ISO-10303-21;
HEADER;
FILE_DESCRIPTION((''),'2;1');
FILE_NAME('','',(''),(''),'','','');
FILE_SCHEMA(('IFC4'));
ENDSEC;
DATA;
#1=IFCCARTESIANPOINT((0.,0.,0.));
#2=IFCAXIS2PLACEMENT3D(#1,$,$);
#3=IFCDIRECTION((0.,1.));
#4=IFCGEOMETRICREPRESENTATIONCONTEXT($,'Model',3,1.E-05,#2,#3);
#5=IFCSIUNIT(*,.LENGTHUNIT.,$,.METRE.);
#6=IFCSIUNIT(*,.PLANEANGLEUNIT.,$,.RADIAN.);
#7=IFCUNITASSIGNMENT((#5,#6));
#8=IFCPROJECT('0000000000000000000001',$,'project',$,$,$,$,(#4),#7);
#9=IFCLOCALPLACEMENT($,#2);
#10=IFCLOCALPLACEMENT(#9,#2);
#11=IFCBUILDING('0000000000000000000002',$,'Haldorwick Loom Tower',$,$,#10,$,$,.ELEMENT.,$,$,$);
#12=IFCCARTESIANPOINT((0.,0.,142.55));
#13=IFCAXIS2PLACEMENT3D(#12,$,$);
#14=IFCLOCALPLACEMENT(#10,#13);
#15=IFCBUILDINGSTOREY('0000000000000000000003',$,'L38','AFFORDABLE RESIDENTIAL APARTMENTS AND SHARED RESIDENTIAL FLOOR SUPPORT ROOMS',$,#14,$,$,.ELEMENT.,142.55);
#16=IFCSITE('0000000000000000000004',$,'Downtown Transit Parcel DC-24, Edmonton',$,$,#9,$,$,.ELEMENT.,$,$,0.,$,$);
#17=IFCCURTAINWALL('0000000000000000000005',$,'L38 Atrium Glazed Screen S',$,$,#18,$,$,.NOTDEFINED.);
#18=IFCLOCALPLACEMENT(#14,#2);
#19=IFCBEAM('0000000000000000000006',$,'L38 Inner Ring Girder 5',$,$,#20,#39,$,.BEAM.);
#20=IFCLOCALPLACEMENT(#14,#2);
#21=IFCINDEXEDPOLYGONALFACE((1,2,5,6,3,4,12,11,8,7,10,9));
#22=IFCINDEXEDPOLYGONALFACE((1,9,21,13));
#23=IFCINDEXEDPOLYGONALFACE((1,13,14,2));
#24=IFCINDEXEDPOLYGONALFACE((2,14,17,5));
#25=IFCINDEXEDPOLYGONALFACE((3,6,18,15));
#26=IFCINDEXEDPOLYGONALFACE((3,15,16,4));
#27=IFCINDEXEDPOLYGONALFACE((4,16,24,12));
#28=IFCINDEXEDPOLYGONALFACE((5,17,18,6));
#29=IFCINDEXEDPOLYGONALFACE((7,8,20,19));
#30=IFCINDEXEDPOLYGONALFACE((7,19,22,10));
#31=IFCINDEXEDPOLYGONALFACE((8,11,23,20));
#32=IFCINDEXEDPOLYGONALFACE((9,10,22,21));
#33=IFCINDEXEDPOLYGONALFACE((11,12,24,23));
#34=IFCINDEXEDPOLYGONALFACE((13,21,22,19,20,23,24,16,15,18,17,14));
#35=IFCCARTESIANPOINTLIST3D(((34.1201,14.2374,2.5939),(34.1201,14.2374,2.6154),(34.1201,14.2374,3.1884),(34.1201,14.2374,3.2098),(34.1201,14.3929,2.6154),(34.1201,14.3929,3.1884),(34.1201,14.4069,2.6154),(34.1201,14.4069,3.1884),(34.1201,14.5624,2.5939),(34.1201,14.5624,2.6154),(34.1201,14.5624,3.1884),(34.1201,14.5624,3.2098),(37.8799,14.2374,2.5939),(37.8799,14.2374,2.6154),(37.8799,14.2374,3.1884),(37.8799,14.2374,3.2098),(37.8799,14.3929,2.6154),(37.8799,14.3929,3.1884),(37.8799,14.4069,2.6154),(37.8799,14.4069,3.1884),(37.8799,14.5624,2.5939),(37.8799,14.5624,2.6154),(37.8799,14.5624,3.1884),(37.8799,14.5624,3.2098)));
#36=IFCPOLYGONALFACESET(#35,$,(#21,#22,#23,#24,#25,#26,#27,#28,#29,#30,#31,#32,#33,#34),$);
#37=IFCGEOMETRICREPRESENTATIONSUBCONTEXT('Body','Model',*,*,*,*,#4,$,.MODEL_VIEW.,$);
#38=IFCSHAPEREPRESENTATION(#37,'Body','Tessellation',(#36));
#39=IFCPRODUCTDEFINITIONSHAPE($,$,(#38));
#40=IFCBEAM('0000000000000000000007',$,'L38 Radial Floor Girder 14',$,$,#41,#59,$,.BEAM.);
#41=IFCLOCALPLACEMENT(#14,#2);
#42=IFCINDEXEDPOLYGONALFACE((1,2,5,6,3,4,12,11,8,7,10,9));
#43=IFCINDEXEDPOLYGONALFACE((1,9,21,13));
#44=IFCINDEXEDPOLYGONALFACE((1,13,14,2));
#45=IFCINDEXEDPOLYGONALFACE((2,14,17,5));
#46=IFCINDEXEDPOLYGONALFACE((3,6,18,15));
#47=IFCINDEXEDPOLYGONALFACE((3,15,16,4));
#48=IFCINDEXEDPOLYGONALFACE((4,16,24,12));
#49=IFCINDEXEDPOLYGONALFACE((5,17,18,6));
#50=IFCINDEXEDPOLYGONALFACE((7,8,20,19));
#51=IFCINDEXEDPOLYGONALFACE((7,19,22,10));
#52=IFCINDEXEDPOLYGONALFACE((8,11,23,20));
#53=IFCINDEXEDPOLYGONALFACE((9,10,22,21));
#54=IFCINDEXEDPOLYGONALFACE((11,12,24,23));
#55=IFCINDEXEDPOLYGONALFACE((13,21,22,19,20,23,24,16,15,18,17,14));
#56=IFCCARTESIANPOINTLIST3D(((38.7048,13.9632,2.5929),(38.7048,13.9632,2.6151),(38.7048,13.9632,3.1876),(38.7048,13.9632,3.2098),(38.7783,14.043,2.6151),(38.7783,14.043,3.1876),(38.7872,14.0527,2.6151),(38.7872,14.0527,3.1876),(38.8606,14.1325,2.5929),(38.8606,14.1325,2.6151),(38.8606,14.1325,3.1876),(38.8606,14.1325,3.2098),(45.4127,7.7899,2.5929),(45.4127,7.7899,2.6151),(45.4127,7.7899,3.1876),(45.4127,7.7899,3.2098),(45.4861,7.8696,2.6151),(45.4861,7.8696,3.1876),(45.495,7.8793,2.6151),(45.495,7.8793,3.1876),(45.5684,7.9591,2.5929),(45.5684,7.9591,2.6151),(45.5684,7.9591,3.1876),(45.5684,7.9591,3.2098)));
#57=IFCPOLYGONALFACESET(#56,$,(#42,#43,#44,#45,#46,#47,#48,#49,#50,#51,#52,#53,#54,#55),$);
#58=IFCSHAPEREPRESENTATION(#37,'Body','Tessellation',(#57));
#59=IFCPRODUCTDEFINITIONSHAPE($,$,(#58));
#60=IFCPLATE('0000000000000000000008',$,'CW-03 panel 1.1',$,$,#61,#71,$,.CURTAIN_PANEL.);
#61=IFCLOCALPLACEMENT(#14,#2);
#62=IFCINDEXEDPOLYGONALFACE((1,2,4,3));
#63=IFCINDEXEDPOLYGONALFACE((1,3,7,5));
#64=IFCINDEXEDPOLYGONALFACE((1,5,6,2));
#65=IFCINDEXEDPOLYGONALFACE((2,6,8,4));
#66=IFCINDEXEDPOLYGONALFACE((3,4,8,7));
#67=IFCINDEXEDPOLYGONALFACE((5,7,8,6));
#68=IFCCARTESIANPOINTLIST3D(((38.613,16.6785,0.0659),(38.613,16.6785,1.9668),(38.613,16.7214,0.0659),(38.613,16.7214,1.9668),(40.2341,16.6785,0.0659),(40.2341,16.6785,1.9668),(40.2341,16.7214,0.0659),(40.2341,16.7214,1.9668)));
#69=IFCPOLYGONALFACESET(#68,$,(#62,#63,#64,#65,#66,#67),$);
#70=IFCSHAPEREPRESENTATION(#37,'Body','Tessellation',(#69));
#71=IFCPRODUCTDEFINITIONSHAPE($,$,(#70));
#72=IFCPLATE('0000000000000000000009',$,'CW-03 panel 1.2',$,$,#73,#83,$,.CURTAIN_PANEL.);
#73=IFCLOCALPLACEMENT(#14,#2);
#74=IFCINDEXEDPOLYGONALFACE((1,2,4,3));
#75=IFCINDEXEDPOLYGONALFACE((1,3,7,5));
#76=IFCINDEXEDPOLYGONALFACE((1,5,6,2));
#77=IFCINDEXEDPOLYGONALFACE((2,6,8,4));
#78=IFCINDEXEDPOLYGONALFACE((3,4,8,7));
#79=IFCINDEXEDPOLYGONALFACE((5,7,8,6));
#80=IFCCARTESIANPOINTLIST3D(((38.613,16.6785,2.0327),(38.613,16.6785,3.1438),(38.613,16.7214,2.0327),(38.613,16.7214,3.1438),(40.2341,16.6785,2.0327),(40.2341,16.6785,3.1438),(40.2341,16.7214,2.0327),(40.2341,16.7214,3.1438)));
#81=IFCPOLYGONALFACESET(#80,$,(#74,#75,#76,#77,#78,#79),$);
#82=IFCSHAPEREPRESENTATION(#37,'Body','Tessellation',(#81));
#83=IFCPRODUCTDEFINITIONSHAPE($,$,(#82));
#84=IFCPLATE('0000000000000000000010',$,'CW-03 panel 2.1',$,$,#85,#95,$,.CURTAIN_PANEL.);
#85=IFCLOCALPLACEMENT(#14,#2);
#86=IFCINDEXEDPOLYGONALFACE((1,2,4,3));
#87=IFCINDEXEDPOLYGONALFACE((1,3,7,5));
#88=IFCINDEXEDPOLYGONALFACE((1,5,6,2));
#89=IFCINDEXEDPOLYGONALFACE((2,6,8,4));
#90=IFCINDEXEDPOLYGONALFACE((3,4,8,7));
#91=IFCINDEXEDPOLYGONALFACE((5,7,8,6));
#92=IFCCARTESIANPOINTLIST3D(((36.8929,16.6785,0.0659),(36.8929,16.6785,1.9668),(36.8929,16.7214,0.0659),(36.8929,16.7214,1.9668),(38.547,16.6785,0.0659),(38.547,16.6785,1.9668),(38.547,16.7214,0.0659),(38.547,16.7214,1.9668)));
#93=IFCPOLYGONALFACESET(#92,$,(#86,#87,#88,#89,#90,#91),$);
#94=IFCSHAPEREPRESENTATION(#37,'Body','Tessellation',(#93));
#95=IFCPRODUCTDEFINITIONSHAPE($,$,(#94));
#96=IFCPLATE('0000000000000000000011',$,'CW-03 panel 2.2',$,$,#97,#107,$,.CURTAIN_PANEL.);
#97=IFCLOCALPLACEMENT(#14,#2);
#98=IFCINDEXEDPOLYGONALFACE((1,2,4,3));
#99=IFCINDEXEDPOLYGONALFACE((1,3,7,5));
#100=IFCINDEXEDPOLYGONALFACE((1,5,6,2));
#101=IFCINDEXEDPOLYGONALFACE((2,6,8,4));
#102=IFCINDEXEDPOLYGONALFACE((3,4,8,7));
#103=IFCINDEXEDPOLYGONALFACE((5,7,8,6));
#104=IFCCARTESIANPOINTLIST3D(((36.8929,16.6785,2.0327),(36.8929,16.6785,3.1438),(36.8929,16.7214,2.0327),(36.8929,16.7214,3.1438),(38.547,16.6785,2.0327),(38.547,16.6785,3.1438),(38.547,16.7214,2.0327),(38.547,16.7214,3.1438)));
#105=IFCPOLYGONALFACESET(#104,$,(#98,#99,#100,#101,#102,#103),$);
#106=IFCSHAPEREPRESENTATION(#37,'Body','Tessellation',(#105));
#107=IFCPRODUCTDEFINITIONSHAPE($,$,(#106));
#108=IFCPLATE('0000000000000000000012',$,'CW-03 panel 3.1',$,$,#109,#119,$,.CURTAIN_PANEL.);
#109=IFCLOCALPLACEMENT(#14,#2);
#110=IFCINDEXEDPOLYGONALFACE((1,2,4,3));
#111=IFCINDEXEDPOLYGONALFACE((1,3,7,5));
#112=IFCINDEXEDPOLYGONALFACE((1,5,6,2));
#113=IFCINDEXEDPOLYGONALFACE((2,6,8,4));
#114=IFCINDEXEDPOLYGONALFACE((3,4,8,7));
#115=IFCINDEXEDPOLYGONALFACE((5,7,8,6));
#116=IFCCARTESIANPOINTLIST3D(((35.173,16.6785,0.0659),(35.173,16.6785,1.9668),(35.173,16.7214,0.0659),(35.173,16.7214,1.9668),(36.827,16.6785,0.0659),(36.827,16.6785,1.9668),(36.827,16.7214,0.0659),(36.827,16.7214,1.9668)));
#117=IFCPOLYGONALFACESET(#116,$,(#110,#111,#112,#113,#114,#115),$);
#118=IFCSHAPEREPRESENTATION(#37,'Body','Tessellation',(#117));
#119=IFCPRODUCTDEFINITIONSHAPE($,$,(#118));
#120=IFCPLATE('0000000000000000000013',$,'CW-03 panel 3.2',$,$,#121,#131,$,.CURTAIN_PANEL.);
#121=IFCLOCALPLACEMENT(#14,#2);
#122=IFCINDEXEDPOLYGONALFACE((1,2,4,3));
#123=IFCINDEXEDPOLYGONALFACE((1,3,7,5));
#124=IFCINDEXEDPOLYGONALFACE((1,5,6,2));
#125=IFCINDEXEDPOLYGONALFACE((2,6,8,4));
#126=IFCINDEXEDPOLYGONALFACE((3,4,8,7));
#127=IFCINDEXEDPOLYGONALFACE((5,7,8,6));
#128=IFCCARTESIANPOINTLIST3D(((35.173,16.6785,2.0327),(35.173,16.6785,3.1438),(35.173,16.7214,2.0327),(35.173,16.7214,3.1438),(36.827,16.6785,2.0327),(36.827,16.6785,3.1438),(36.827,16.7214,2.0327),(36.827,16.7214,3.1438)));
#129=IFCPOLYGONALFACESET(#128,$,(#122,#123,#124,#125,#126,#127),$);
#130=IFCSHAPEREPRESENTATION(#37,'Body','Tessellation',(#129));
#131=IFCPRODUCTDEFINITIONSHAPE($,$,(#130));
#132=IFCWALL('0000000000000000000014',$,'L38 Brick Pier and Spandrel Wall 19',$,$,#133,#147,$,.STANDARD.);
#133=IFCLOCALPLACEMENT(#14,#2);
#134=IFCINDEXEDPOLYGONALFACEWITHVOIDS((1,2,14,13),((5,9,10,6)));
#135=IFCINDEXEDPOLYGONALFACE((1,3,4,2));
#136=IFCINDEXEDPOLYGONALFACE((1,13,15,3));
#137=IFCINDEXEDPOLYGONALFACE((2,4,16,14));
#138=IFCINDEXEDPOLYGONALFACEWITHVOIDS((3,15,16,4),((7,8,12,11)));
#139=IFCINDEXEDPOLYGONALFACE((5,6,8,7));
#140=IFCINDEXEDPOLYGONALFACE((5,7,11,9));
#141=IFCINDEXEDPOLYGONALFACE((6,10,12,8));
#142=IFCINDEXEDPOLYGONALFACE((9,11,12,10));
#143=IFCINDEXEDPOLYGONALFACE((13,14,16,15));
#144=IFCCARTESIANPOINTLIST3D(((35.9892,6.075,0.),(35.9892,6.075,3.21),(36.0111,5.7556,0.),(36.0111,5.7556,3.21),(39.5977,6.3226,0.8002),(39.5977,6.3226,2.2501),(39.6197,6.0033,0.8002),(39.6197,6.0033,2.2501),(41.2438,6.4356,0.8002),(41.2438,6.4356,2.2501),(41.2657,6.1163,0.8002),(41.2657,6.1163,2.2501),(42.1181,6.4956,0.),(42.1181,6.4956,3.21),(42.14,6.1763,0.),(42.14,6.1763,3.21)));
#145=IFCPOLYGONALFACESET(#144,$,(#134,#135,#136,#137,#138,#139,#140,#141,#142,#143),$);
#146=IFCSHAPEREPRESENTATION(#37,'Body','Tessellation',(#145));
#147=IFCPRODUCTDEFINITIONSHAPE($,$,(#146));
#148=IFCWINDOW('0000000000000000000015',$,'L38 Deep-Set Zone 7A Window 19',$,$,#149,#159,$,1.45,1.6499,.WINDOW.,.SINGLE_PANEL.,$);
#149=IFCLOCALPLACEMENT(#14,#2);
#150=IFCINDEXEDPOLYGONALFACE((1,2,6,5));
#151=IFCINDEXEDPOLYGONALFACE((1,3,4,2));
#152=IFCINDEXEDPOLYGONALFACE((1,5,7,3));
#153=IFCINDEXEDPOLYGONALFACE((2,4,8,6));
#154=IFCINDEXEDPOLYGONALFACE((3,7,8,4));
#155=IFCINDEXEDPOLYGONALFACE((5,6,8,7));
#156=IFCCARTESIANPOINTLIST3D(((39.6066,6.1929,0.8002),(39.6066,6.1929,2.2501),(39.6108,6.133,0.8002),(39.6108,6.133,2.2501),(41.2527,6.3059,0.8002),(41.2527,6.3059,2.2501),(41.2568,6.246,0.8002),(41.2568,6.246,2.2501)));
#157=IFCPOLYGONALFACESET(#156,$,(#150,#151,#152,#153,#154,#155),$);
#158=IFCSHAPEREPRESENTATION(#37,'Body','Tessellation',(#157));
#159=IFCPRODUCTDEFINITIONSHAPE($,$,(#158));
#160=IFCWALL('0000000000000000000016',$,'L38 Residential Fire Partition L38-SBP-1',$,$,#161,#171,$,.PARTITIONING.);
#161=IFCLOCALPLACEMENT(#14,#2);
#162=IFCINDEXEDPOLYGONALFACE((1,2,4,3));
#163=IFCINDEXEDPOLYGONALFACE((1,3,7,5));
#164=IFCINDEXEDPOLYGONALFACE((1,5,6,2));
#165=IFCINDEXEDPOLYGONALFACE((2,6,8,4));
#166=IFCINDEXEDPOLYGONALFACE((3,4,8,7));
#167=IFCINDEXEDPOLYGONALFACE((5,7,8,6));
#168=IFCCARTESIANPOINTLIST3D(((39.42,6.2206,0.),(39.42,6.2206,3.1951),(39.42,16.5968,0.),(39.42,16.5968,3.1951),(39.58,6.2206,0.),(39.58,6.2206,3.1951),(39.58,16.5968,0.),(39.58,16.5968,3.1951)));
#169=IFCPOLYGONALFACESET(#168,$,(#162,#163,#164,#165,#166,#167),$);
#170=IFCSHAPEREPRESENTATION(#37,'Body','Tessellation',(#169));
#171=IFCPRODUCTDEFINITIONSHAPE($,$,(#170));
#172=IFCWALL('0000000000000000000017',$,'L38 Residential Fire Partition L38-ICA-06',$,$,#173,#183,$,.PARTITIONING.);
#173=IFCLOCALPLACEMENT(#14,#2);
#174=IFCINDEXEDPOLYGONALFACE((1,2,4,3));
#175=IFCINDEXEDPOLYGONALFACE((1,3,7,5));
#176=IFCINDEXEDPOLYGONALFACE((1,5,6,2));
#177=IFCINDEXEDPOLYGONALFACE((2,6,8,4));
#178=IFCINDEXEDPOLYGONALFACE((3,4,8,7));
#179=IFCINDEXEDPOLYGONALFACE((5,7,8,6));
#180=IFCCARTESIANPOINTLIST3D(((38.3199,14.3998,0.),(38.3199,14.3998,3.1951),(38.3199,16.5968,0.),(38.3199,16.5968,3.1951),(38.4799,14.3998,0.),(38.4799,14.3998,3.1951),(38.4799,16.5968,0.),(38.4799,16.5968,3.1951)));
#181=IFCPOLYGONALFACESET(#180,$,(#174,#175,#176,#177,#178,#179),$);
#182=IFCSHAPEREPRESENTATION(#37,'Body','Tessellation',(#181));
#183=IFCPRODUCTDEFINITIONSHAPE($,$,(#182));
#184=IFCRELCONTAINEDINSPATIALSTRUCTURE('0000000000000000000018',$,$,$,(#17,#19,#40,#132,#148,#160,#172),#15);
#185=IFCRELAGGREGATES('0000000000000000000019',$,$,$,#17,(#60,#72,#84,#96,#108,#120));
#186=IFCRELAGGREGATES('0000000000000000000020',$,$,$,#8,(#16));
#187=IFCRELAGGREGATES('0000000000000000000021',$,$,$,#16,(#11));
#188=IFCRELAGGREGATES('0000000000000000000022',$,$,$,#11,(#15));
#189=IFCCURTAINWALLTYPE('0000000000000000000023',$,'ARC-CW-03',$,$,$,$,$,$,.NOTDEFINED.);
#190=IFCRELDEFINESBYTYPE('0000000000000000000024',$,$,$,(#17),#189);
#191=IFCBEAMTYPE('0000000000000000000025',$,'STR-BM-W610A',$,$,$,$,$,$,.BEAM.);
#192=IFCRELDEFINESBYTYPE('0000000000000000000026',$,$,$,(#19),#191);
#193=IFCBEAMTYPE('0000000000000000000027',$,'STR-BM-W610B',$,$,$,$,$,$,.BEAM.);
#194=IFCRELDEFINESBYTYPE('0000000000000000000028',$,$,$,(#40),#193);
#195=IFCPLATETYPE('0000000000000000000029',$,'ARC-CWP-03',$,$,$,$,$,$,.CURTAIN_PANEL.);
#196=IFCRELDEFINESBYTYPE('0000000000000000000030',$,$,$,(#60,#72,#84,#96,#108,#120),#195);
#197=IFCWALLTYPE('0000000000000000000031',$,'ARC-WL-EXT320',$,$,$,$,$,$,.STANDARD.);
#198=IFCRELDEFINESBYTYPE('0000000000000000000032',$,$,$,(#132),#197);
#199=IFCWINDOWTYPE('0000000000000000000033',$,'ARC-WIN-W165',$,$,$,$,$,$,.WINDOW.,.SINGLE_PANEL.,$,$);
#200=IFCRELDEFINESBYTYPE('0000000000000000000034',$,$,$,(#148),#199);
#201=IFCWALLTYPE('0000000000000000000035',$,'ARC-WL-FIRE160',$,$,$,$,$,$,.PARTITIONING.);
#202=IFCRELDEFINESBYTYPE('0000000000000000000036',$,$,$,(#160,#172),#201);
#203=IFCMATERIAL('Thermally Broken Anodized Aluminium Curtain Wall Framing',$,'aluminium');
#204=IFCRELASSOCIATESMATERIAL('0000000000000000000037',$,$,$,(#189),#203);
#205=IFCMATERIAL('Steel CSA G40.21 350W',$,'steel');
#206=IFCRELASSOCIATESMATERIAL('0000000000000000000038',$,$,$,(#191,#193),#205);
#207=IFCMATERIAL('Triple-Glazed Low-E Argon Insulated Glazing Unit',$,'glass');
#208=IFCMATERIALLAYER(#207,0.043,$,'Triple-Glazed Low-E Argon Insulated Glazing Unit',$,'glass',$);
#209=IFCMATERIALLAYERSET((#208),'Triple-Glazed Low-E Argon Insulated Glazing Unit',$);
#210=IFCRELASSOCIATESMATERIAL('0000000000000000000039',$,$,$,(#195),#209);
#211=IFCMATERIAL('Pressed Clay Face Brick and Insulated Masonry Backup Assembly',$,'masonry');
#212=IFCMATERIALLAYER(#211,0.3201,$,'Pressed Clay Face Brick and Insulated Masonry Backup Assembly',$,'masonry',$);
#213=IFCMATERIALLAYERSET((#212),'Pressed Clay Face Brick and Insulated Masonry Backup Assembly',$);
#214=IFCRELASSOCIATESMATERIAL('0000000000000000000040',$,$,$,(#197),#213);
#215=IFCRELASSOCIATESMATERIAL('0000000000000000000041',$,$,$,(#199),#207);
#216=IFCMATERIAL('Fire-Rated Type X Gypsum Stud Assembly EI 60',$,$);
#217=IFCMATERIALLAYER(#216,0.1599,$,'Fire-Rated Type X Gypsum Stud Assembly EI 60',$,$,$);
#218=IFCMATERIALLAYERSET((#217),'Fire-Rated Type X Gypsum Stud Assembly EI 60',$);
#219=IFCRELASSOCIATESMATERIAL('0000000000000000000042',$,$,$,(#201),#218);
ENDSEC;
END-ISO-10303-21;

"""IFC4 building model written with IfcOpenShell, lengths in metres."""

from ifc_helpers import new_model, si_unit, direction, frame, frame_2d, origin, origin_2d, place, context, subcontext, project, spatial, rectangle, i_section, extrude, material, layer, layer_set, material_profile, profile_set, type_object, element, fill, aggregate, save


model = new_model("IFC4")

# Units and contexts
model_context = context("Model", 3, precision=1e-05, world=origin(), true_north=direction((0.0, 1.0)))
body_context = subcontext(model_context, "Body", "Model", "MODEL_VIEW")
ifc_project = project(units=[si_unit("LENGTHUNIT", "METRE"), si_unit("PLANEANGLEUNIT", "RADIAN")], contexts=[model_context])

# Site, building, storey
site_placement = place(None, origin())
site = spatial("IfcSite", under=ifc_project, at=site_placement, Name="Downtown Transit Parcel DC-24, Edmonton", CompositionType="ELEMENT", RefElevation=0.0)
building_placement = place(site_placement, origin())
building = spatial("IfcBuilding", under=site, at=building_placement, Name="Haldorwick Loom Tower", CompositionType="ELEMENT")
storey_placement = place(building_placement, frame((0.0, 0.0, 142.55)))
storey = spatial("IfcBuildingStorey", under=building, at=storey_placement, Name="L38", Description="AFFORDABLE RESIDENTIAL APARTMENTS AND SHARED RESIDENTIAL FLOOR SUPPORT ROOMS", CompositionType="ELEMENT", Elevation=142.55)

# Curtain wall
ifc_material_1 = material(Name="Thermally Broken Anodized Aluminium Curtain Wall Framing", Category="aluminium")
curtain_wall_type = type_object("IfcCurtainWallType", Name="ARC-CW-03", PredefinedType="NOTDEFINED", material=ifc_material_1)
curtain_wall_placement = place(storey_placement, origin())
curtain_wall = element("IfcCurtainWall", 1, at=curtain_wall_placement, inside=storey, type_object=curtain_wall_type, Name="L38 Atrium Glazed Screen S", PredefinedType="NOTDEFINED")

# Beams
ifc_material_2 = material(Name="Steel CSA G40.21 350W", Category="steel")
ifc_material_profile_1 = material_profile(ifc_material_2, i_section(OverallWidth=0.325, OverallDepth=0.616, WebThickness=0.0139, FlangeThickness=0.0215, at=origin_2d()), Name="W610X174", Category="steel")
ifc_profile_set_1 = profile_set([ifc_material_profile_1], Name="Steel CSA G40.21 350W")
beam_type_1 = type_object("IfcBeamType", Name="STR-BM-W610A", PredefinedType="BEAM", material=ifc_profile_set_1)
beam_1_placement = place(storey_placement, frame((37.8799, 14.3999, 2.9019), z_axis=(-1.0, 0.0, 0.0), x_axis=(0.0, -1.0, 0.0)))
element("IfcBeam", 2, at=beam_1_placement, inside=storey, type_object=beam_type_1, Name="L38 Inner Ring Girder 5", PredefinedType="BEAM", context=body_context, shape_type="SweptSolid", body=[
    extrude(i_section(OverallWidth=0.325, OverallDepth=0.616, WebThickness=0.0139, FlangeThickness=0.0215, at=origin_2d()), origin(), (0.0, 0.0, 1.0), 3.7598),
])
ifc_material_profile_2 = material_profile(ifc_material_2, i_section(OverallWidth=0.23, OverallDepth=0.6169, WebThickness=0.0132, FlangeThickness=0.0222, at=origin_2d()), Name="W610X140", Category="steel")
ifc_profile_set_2 = profile_set([ifc_material_profile_2], Name="Steel CSA G40.21 350W")
beam_type_2 = type_object("IfcBeamType", Name="STR-BM-W610B", PredefinedType="BEAM", material=ifc_profile_set_2)
beam_2_placement = place(storey_placement, frame((38.7827, 14.0479, 2.9014), z_axis=(0.735811, -0.677187, 0.0), x_axis=(0.677187, 0.735811, 0.0)))
element("IfcBeam", 3, at=beam_2_placement, inside=storey, type_object=beam_type_2, Name="L38 Radial Floor Girder 14", PredefinedType="BEAM", context=body_context, shape_type="SweptSolid", body=[
    extrude(i_section(OverallWidth=0.23, OverallDepth=0.6169, WebThickness=0.0132, FlangeThickness=0.0222, at=origin_2d()), origin(), (0.0, 0.0, 1.0), 9.1162),
])

# Plates
ifc_material_3 = material(Name="Triple-Glazed Low-E Argon Insulated Glazing Unit", Category="glass")
ifc_layer_1 = layer(ifc_material_3, 0.043, Name="Triple-Glazed Low-E Argon Insulated Glazing Unit", Category="glass")
ifc_layer_set_1 = layer_set([ifc_layer_1], Name="Triple-Glazed Low-E Argon Insulated Glazing Unit")
plate_type = type_object("IfcPlateType", Name="ARC-CWP-03", PredefinedType="CURTAIN_PANEL", material=ifc_layer_set_1)
plate_1_placement = place(storey_placement, frame((39.4236, 16.7, 0.0659), z_axis=(0.0, 0.0, 1.0), x_axis=(-1.0, 0.0, 0.0)))
plate_1 = element("IfcPlate", 4, at=plate_1_placement, type_object=plate_type, Name="CW-03 panel 1.1", PredefinedType="CURTAIN_PANEL", context=body_context, shape_type="SweptSolid", body=[
    extrude(rectangle(XDim=1.6211, YDim=0.043, at=origin_2d()), origin(), (0.0, 0.0, 1.0), 1.9009),
])
plate_2_placement = place(storey_placement, frame((39.4236, 16.7, 2.0327), z_axis=(0.0, 0.0, 1.0), x_axis=(-1.0, 0.0, 0.0)))
plate_2 = element("IfcPlate", 5, at=plate_2_placement, type_object=plate_type, Name="CW-03 panel 1.2", PredefinedType="CURTAIN_PANEL", context=body_context, shape_type="SweptSolid", body=[
    extrude(rectangle(XDim=1.6211, YDim=0.043, at=origin_2d()), origin(), (0.0, 0.0, 1.0), 1.1111),
])
plate_3_placement = place(storey_placement, frame((37.72, 16.7, 0.0659), z_axis=(0.0, 0.0, 1.0), x_axis=(-1.0, 0.0, 0.0)))
plate_3 = element("IfcPlate", 6, at=plate_3_placement, type_object=plate_type, Name="CW-03 panel 2.1", PredefinedType="CURTAIN_PANEL", context=body_context, shape_type="SweptSolid", body=[
    extrude(rectangle(XDim=1.6541, YDim=0.043, at=origin_2d()), origin(), (0.0, 0.0, 1.0), 1.9009),
])
plate_4_placement = place(storey_placement, frame((37.72, 16.7, 2.0327), z_axis=(0.0, 0.0, 1.0), x_axis=(-1.0, 0.0, 0.0)))
plate_4 = element("IfcPlate", 7, at=plate_4_placement, type_object=plate_type, Name="CW-03 panel 2.2", PredefinedType="CURTAIN_PANEL", context=body_context, shape_type="SweptSolid", body=[
    extrude(rectangle(XDim=1.6541, YDim=0.043, at=origin_2d()), origin(), (0.0, 0.0, 1.0), 1.1111),
])
plate_5_placement = place(storey_placement, frame((36.0, 16.7, 0.0659), z_axis=(0.0, 0.0, 1.0), x_axis=(-1.0, 0.0, 0.0)))
plate_5 = element("IfcPlate", 8, at=plate_5_placement, type_object=plate_type, Name="CW-03 panel 3.1", PredefinedType="CURTAIN_PANEL", context=body_context, shape_type="SweptSolid", body=[
    extrude(rectangle(XDim=1.6541, YDim=0.043, at=origin_2d()), origin(), (0.0, 0.0, 1.0), 1.9009),
])
plate_6_placement = place(storey_placement, frame((36.0, 16.7, 2.0327), z_axis=(0.0, 0.0, 1.0), x_axis=(-1.0, 0.0, 0.0)))
plate_6 = element("IfcPlate", 9, at=plate_6_placement, type_object=plate_type, Name="CW-03 panel 3.2", PredefinedType="CURTAIN_PANEL", context=body_context, shape_type="SweptSolid", body=[
    extrude(rectangle(XDim=1.6541, YDim=0.043, at=origin_2d()), origin(), (0.0, 0.0, 1.0), 1.1111),
])
aggregate(curtain_wall, [plate_1, plate_2, plate_3, plate_4, plate_5, plate_6])

# Wall, opening, window
ifc_material_4 = material(Name="Pressed Clay Face Brick and Insulated Masonry Backup Assembly", Category="masonry")
ifc_layer_2 = layer(ifc_material_4, 0.3201, Name="Pressed Clay Face Brick and Insulated Masonry Backup Assembly", Category="masonry")
ifc_layer_set_2 = layer_set([ifc_layer_2], Name="Pressed Clay Face Brick and Insulated Masonry Backup Assembly")
wall_type_1 = type_object("IfcWallType", Name="ARC-WL-EXT320", PredefinedType="STANDARD", material=ifc_layer_set_2)
wall_1_placement = place(storey_placement, frame((36.0, 5.9153, 0.0), z_axis=(0.0, 0.0, 1.0), x_axis=(0.997653, 0.068473, 0.0)))
wall_1 = element("IfcWall", 10, at=wall_1_placement, inside=storey, type_object=wall_type_1, Name="L38 Brick Pier and Spandrel Wall 19", PredefinedType="STANDARD", context=body_context, shape_type="SweptSolid", body=[
    extrude(rectangle(XDim=6.1433, YDim=0.3201, at=frame_2d((3.0718, 0.0))), origin(), (0.0, 0.0, 1.0), 3.21),
])
opening_placement = place(wall_1_placement, frame((3.6172, 0.0, 0.8)))
opening = element("IfcOpeningElement", 11, at=opening_placement, cuts=wall_1, PredefinedType="OPENING", context=body_context, shape_type="SweptSolid", body=[
    extrude(rectangle(XDim=1.6499, YDim=1.45, at=frame_2d((0.825, 0.7251))), frame((0.0, 0.1699, 0.0), z_axis=(0.0, -1.0, 0.0), x_axis=(1.0, 0.0, 0.0)), (0.0, 0.0, 1.0), 0.3401),
])
window_type = type_object("IfcWindowType", Name="ARC-WIN-W165", PartitioningType="SINGLE_PANEL", PredefinedType="WINDOW", material=ifc_material_3)
window_placement = place(opening_placement, origin())
window = element("IfcWindow", 12, at=window_placement, inside=storey, type_object=window_type, Name="L38 Deep-Set Zone 7A Window 19", OverallHeight=1.45, OverallWidth=1.6499, PartitioningType="SINGLE_PANEL", PredefinedType="WINDOW", context=body_context, shape_type="SweptSolid", body=[
    extrude(rectangle(XDim=1.6499, YDim=1.45, at=frame_2d((0.825, 0.7251))), frame((0.0, 0.03, 0.0), z_axis=(0.0, -1.0, 0.0), x_axis=(1.0, 0.0, 0.0)), (0.0, 0.0, 1.0), 0.0601),
])
fill(opening, window)

# Walls
ifc_material_5 = material(Name="Fire-Rated Type X Gypsum Stud Assembly EI 60")
ifc_layer_3 = layer(ifc_material_5, 0.1599, Name="Fire-Rated Type X Gypsum Stud Assembly EI 60")
ifc_layer_set_3 = layer_set([ifc_layer_3], Name="Fire-Rated Type X Gypsum Stud Assembly EI 60")
wall_type_2 = type_object("IfcWallType", Name="ARC-WL-FIRE160", PredefinedType="PARTITIONING", material=ifc_layer_set_3)
wall_2_placement = place(storey_placement, frame((39.5, 6.2207, 0.0), z_axis=(0.0, 0.0, 1.0), x_axis=(0.0, 1.0, 0.0)))
element("IfcWall", 13, at=wall_2_placement, inside=storey, type_object=wall_type_2, Name="L38 Residential Fire Partition L38-SBP-1", PredefinedType="PARTITIONING", context=body_context, shape_type="SweptSolid", body=[
    extrude(rectangle(XDim=10.3762, YDim=0.1599, at=frame_2d((5.188, 0.0))), origin(), (0.0, 0.0, 1.0), 3.1951),
])
wall_3_placement = place(storey_placement, frame((38.3999, 16.5969, 0.0), z_axis=(0.0, 0.0, 1.0), x_axis=(0.0, -1.0, 0.0)))
element("IfcWall", 14, at=wall_3_placement, inside=storey, type_object=wall_type_2, Name="L38 Residential Fire Partition L38-ICA-06", PredefinedType="PARTITIONING", context=body_context, shape_type="SweptSolid", body=[
    extrude(rectangle(XDim=2.197, YDim=0.1599, at=frame_2d((1.0986, 0.0))), origin(), (0.0, 0.0, 1.0), 3.1951),
])

save(model, "model.ifc")
